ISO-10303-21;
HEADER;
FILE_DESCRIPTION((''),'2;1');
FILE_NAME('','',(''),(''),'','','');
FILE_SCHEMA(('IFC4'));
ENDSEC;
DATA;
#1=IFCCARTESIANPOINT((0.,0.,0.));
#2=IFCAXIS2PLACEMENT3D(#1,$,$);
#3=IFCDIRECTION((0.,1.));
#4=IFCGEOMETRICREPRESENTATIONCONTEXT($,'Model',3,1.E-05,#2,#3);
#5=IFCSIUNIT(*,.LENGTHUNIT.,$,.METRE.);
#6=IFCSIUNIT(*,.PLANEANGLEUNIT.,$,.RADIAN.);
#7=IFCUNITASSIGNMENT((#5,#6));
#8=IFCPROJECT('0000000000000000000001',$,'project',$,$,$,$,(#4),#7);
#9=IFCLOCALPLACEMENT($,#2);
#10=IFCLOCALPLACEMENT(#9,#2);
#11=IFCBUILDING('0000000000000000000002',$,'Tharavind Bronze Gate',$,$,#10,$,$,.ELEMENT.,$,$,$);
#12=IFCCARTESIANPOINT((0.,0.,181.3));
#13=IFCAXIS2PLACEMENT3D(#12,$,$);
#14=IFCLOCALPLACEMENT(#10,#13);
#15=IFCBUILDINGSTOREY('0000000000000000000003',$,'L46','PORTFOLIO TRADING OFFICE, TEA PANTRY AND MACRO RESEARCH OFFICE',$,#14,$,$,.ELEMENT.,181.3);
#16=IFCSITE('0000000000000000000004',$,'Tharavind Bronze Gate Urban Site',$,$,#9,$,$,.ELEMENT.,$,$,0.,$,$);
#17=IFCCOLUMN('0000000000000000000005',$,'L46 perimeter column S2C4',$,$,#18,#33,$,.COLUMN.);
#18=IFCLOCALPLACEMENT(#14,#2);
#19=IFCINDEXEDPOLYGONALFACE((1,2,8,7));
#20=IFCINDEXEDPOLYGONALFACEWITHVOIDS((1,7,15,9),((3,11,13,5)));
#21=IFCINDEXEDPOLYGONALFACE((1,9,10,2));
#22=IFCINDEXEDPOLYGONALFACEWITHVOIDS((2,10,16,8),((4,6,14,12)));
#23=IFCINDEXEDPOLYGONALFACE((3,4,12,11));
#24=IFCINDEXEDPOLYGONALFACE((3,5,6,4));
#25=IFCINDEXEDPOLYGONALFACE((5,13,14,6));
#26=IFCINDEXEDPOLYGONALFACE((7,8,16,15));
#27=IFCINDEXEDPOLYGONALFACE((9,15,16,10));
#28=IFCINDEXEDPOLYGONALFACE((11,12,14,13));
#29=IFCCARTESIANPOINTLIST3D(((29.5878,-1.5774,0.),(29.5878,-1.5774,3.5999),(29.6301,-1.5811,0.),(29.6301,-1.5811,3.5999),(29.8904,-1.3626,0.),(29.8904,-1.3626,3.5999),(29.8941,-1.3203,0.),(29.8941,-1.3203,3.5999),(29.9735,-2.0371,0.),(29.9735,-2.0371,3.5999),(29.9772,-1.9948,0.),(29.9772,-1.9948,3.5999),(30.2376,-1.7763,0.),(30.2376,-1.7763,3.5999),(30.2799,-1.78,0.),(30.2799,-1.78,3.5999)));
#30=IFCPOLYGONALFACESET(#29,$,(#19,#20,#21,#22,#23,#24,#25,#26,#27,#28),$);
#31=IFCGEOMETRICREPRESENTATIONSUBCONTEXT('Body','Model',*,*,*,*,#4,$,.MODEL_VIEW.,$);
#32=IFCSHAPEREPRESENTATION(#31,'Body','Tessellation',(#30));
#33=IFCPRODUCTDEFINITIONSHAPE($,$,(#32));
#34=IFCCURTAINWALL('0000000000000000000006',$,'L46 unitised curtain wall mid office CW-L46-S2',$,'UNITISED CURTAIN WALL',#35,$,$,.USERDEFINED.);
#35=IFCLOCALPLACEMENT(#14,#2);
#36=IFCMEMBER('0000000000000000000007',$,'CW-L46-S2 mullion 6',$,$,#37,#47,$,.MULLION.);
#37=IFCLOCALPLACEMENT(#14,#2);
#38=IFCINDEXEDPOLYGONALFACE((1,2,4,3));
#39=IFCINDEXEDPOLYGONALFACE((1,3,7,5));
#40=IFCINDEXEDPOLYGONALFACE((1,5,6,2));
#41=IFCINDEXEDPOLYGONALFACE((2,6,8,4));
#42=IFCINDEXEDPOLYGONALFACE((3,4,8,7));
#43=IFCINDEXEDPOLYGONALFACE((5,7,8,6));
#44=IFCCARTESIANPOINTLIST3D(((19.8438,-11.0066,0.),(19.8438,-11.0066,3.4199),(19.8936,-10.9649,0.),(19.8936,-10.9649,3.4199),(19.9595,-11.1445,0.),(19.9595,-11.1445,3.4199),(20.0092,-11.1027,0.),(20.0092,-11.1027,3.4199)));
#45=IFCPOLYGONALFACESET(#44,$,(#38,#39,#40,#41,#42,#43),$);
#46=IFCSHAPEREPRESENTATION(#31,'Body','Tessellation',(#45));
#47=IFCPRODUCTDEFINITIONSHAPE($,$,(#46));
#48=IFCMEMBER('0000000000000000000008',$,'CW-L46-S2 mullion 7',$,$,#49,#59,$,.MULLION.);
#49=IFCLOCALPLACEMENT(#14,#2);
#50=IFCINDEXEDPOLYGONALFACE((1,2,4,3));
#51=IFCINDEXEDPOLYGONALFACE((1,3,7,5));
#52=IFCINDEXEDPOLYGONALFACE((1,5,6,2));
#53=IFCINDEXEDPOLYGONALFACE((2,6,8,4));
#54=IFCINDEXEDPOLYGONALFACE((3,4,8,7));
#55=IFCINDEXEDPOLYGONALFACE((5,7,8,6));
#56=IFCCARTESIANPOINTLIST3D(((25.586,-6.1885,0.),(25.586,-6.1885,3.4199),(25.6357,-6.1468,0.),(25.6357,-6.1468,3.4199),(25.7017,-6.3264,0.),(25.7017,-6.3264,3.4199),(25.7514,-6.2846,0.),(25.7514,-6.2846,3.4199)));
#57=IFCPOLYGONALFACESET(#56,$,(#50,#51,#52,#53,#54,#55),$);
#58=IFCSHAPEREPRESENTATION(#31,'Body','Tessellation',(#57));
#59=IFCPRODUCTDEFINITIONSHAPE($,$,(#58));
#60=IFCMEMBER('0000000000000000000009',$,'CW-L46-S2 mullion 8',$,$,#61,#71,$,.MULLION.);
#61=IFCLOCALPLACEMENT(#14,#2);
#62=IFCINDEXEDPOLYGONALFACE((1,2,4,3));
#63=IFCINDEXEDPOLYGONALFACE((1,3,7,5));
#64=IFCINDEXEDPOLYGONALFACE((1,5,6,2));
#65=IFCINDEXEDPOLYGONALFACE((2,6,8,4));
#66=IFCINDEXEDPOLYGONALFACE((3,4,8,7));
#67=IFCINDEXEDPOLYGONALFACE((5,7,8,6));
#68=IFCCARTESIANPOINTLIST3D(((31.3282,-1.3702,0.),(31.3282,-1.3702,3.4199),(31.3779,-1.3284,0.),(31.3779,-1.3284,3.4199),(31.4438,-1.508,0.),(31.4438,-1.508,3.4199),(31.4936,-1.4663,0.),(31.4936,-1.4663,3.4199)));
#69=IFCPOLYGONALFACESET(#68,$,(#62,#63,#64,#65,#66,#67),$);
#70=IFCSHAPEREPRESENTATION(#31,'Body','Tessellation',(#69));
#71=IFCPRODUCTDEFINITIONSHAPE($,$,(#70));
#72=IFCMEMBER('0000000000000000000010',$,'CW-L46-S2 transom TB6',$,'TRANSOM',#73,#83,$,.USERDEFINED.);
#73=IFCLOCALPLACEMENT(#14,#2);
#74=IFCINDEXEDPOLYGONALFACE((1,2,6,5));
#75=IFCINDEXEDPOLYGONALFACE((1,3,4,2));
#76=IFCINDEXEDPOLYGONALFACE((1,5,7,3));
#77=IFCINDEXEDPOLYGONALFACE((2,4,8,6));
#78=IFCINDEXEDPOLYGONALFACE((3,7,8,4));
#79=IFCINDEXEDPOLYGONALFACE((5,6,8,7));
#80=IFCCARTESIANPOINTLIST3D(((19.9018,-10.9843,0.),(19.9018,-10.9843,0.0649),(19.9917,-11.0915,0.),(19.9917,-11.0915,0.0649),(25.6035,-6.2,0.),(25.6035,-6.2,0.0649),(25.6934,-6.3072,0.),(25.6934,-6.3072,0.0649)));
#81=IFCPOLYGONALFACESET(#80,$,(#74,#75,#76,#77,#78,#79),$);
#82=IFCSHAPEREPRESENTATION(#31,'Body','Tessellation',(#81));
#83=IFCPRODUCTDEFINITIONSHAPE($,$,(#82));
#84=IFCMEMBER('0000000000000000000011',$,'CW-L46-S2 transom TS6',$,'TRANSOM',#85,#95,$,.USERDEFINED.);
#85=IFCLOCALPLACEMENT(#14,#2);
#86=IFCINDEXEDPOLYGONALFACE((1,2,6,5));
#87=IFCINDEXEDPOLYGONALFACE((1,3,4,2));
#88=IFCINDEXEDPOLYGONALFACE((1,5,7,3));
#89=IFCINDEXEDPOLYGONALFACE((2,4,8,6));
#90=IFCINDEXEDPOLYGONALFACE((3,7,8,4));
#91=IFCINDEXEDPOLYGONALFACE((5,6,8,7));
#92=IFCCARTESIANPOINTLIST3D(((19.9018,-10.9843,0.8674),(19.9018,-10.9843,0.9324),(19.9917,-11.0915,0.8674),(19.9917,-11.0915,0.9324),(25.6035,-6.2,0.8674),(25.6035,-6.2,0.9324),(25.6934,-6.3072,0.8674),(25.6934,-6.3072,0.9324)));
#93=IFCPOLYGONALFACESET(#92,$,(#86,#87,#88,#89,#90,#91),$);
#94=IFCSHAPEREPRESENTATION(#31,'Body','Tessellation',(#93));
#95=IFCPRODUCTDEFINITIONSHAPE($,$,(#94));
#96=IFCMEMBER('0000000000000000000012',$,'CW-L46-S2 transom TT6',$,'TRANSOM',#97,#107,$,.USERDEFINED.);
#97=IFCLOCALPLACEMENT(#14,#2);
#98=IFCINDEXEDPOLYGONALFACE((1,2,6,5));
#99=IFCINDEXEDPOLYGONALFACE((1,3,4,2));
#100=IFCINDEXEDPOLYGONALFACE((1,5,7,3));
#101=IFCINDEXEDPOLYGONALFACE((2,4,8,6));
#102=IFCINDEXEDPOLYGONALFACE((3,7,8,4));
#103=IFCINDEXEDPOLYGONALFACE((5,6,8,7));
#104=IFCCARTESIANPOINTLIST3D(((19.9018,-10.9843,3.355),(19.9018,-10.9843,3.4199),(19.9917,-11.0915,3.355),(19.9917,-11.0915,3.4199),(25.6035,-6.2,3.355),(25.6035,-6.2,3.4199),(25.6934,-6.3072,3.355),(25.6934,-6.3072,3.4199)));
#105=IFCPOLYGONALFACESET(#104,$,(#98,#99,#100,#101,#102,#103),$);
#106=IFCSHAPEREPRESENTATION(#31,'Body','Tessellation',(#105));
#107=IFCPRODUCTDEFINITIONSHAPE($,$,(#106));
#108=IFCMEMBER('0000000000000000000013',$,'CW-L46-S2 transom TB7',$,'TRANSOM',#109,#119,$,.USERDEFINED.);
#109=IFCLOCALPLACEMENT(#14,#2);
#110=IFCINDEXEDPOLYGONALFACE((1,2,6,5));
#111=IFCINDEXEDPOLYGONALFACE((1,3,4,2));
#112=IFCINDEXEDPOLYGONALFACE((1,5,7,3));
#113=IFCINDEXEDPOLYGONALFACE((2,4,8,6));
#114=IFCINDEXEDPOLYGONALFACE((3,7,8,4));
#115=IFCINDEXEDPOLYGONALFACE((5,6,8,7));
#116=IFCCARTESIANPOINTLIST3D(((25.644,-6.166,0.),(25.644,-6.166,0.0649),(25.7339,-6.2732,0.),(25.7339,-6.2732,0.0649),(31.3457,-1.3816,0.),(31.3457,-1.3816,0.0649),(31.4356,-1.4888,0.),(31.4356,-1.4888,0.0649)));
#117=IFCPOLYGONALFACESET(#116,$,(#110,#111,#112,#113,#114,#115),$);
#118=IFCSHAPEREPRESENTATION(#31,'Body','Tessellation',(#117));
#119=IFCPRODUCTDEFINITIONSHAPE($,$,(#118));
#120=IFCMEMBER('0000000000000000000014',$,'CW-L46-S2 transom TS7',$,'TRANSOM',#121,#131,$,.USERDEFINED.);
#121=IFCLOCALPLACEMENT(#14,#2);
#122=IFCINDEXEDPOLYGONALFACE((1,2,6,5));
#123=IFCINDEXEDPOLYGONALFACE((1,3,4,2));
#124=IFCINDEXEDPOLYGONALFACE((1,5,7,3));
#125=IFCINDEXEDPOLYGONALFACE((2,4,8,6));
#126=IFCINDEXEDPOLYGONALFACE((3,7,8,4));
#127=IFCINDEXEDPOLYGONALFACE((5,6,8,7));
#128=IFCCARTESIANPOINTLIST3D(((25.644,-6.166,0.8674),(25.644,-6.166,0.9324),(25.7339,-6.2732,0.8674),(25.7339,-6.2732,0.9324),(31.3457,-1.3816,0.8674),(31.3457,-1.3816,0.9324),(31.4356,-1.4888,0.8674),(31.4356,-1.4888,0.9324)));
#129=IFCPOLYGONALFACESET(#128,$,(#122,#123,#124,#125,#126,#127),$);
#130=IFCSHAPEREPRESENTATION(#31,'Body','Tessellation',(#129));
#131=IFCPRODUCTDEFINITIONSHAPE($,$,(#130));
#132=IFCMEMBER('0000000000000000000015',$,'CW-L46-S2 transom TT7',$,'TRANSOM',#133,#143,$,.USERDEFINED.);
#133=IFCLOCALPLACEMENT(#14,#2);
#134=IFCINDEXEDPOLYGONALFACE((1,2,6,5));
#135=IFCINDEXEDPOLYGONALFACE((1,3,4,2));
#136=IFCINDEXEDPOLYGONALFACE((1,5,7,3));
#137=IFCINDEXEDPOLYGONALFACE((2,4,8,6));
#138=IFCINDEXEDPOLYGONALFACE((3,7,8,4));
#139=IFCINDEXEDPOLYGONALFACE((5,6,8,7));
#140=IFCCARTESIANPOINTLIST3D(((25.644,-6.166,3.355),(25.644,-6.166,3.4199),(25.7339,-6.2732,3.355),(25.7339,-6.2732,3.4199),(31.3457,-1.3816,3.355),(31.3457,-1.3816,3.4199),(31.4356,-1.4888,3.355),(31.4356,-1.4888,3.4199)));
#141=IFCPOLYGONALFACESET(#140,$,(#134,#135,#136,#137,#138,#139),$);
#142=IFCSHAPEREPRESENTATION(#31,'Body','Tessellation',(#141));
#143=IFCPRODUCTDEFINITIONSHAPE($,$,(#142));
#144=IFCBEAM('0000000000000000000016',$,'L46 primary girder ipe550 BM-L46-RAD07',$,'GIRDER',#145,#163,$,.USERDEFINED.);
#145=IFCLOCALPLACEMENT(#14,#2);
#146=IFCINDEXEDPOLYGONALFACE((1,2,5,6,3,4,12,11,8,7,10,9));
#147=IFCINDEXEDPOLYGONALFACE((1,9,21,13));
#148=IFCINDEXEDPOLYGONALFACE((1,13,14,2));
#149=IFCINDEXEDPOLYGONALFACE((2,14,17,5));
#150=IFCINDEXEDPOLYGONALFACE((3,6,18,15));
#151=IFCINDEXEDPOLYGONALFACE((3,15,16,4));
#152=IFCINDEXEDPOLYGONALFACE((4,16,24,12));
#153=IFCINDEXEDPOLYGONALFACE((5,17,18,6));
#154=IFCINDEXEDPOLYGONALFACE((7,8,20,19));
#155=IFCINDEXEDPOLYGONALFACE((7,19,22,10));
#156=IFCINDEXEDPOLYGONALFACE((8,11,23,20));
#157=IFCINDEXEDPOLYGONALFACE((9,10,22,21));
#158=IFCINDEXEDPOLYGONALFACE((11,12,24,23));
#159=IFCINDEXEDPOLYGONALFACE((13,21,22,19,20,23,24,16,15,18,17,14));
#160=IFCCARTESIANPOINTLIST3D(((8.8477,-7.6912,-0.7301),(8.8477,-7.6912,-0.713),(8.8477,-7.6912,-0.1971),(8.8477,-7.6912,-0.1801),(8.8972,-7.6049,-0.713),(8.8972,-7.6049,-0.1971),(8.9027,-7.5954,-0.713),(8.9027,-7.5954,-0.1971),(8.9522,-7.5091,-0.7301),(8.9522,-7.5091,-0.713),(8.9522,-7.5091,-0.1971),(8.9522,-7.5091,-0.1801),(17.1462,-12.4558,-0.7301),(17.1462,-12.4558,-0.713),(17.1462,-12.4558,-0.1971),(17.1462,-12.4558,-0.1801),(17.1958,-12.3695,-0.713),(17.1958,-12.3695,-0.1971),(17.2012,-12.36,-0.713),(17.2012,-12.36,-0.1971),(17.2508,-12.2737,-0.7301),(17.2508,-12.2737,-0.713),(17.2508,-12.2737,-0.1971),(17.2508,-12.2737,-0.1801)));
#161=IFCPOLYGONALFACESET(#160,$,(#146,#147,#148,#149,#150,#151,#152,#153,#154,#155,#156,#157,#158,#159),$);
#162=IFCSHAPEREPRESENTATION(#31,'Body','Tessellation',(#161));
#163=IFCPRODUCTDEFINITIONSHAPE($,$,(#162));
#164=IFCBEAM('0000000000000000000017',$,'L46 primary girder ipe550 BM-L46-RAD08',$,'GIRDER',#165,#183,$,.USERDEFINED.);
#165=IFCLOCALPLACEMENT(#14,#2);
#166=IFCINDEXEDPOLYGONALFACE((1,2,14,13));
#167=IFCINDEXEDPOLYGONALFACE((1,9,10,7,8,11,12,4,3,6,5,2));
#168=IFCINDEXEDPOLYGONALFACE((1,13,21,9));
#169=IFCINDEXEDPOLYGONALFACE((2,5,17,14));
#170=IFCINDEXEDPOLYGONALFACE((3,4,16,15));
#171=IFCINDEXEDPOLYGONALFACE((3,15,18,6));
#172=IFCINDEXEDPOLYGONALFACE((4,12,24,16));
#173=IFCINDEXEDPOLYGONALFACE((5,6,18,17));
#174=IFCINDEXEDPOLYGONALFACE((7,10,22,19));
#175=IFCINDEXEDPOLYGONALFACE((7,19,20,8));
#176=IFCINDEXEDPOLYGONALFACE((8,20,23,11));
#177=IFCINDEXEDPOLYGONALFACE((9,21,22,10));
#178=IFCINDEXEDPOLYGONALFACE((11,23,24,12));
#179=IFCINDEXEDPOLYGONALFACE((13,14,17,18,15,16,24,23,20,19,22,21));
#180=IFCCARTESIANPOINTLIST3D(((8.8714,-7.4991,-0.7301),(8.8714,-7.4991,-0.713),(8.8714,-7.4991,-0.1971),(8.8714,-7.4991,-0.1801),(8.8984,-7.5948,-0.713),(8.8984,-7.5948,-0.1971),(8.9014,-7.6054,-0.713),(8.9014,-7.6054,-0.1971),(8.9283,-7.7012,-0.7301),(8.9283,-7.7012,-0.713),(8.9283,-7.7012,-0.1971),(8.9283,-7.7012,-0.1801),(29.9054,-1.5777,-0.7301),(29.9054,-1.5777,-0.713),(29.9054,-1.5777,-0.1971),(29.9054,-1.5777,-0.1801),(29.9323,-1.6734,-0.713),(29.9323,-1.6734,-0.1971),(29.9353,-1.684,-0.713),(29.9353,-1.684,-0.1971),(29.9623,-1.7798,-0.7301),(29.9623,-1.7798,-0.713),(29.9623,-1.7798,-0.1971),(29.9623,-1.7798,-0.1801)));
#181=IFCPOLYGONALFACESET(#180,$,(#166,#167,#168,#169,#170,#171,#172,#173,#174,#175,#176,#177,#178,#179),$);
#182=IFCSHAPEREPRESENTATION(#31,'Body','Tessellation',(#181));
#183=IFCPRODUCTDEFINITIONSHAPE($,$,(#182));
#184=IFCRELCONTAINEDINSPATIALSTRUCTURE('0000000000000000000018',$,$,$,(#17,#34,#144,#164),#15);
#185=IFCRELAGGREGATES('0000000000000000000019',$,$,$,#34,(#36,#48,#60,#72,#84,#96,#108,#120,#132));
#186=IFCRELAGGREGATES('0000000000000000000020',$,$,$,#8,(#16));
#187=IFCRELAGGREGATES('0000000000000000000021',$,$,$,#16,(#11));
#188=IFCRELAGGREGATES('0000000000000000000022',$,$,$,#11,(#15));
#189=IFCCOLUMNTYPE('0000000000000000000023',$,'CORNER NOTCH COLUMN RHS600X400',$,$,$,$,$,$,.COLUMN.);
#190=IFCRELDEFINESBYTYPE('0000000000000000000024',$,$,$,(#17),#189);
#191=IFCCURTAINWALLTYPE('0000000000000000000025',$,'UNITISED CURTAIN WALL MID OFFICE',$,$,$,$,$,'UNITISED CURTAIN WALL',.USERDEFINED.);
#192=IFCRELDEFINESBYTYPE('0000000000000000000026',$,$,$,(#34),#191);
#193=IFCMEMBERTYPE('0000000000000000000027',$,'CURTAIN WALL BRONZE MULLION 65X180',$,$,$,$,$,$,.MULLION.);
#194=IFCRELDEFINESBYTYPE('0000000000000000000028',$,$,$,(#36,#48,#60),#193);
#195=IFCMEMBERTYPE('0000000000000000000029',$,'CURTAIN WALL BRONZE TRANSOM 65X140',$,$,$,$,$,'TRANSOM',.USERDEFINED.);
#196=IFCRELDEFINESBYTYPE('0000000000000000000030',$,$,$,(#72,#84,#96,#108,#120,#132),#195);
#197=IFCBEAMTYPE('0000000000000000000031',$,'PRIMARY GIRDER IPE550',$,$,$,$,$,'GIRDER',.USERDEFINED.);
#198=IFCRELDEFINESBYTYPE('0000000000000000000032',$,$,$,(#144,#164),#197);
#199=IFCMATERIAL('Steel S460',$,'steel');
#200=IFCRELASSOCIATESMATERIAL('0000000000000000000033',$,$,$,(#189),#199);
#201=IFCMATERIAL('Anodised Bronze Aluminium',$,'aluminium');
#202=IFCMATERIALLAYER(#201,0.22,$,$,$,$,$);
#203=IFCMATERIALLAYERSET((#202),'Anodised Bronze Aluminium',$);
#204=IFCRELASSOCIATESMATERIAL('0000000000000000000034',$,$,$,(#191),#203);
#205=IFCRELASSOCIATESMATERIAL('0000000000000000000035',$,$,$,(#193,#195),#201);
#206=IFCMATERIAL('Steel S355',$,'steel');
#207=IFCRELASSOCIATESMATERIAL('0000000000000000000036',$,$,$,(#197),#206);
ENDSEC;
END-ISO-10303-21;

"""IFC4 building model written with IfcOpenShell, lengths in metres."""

from ifc_helpers import new_model, si_unit, direction, frame, origin, origin_2d, place, context, subcontext, project, spatial, rectangle, hollow_rectangle, i_section, extrude, material, layer, layer_set, material_profile, profile_set, type_object, element, aggregate, save


model = new_model("IFC4")

# Units and contexts
model_context = context("Model", 3, precision=1e-05, world=origin(), true_north=direction((0.0, 1.0)))
body_context = subcontext(model_context, "Body", "Model", "MODEL_VIEW")
ifc_project = project(units=[si_unit("LENGTHUNIT", "METRE"), si_unit("PLANEANGLEUNIT", "RADIAN")], contexts=[model_context])

# Site, building, storey
site_placement = place(None, origin())
site = spatial("IfcSite", under=ifc_project, at=site_placement, Name="Tharavind Bronze Gate Urban Site", CompositionType="ELEMENT", RefElevation=0.0)
building_placement = place(site_placement, origin())
building = spatial("IfcBuilding", under=site, at=building_placement, Name="Tharavind Bronze Gate", CompositionType="ELEMENT")
storey_placement = place(building_placement, frame((0.0, 0.0, 181.3)))
storey = spatial("IfcBuildingStorey", under=building, at=storey_placement, Name="L46", Description="PORTFOLIO TRADING OFFICE, TEA PANTRY AND MACRO RESEARCH OFFICE", CompositionType="ELEMENT", Elevation=181.3)

# Column
ifc_material_1 = material(Name="Steel S460", Category="steel")
ifc_material_profile_1 = material_profile(ifc_material_1, hollow_rectangle(XDim=0.3999, YDim=0.6001, WallThickness=0.03, at=origin_2d()), Name="RHS600X400X30")
ifc_profile_set_1 = profile_set([ifc_material_profile_1], Name="Steel S460")
column_type = type_object("IfcColumnType", Name="CORNER NOTCH COLUMN RHS600X400", PredefinedType="COLUMN", material=ifc_profile_set_1)
column_placement = place(storey_placement, frame((29.9338, -1.6787, 0.0), z_axis=(0.0, 0.0, 1.0), x_axis=(0.766043, 0.642789, 0.0)))
element("IfcColumn", 1, at=column_placement, inside=storey, type_object=column_type, Name="L46 perimeter column S2C4", PredefinedType="COLUMN", context=body_context, shape_type="SweptSolid", body=[
    extrude(hollow_rectangle(XDim=0.3999, YDim=0.6001, WallThickness=0.03, at=origin_2d()), origin(), (0.0, 0.0, 1.0), 3.5999),
])

# Curtain wall, members
ifc_material_2 = material(Name="Anodised Bronze Aluminium", Category="aluminium")
ifc_layer_1 = layer(ifc_material_2, 0.22)
ifc_layer_set_1 = layer_set([ifc_layer_1], Name="Anodised Bronze Aluminium")
curtain_wall_type = type_object("IfcCurtainWallType", Name="UNITISED CURTAIN WALL MID OFFICE", ElementType="UNITISED CURTAIN WALL", PredefinedType="USERDEFINED", material=ifc_layer_set_1)
curtain_wall_placement = place(storey_placement, origin())
curtain_wall = element("IfcCurtainWall", 2, at=curtain_wall_placement, inside=storey, type_object=curtain_wall_type, Name="L46 unitised curtain wall mid office CW-L46-S2", ObjectType="UNITISED CURTAIN WALL", PredefinedType="USERDEFINED")
member_type_1 = type_object("IfcMemberType", Name="CURTAIN WALL BRONZE MULLION 65X180", PredefinedType="MULLION", material=ifc_material_2)
member_1_placement = place(storey_placement, frame((19.9265, -11.0547, 0.0), z_axis=(0.0, 0.0, 1.0), x_axis=(0.766043, 0.642789, 0.0)))
member_1 = element("IfcMember", 3, at=member_1_placement, type_object=member_type_1, Name="CW-L46-S2 mullion 6", PredefinedType="MULLION", context=body_context, shape_type="SweptSolid", body=[
    extrude(rectangle(XDim=0.0649, YDim=0.1799, at=origin_2d()), origin(), (0.0, 0.0, 1.0), 3.4199),
])
member_2_placement = place(storey_placement, frame((25.6687, -6.2366, 0.0), z_axis=(0.0, 0.0, 1.0), x_axis=(0.766043, 0.642789, 0.0)))
member_2 = element("IfcMember", 4, at=member_2_placement, type_object=member_type_1, Name="CW-L46-S2 mullion 7", PredefinedType="MULLION", context=body_context, shape_type="SweptSolid", body=[
    extrude(rectangle(XDim=0.0649, YDim=0.1799, at=origin_2d()), origin(), (0.0, 0.0, 1.0), 3.4199),
])
member_3_placement = place(storey_placement, frame((31.4109, -1.4182, 0.0), z_axis=(0.0, 0.0, 1.0), x_axis=(0.766043, 0.642789, 0.0)))
member_3 = element("IfcMember", 5, at=member_3_placement, type_object=member_type_1, Name="CW-L46-S2 mullion 8", PredefinedType="MULLION", context=body_context, shape_type="SweptSolid", body=[
    extrude(rectangle(XDim=0.0649, YDim=0.1799, at=origin_2d()), origin(), (0.0, 0.0, 1.0), 3.4199),
])
member_type_2 = type_object("IfcMemberType", Name="CURTAIN WALL BRONZE TRANSOM 65X140", ElementType="TRANSOM", PredefinedType="USERDEFINED", material=ifc_material_2)
member_4_placement = place(storey_placement, frame((22.7976, -8.6458, 0.0), z_axis=(0.0, 0.0, 1.0), x_axis=(0.766043, 0.642789, 0.0)))
member_4 = element("IfcMember", 6, at=member_4_placement, type_object=member_type_2, Name="CW-L46-S2 transom TB6", ObjectType="TRANSOM", PredefinedType="USERDEFINED", context=body_context, shape_type="SweptSolid", body=[
    extrude(rectangle(XDim=7.4431, YDim=0.1399, at=origin_2d()), origin(), (0.0, 0.0, 1.0), 0.0649),
])
member_5_placement = place(storey_placement, frame((22.7976, -8.6458, 0.8674), z_axis=(0.0, 0.0, 1.0), x_axis=(0.766043, 0.642789, 0.0)))
member_5 = element("IfcMember", 7, at=member_5_placement, type_object=member_type_2, Name="CW-L46-S2 transom TS6", ObjectType="TRANSOM", PredefinedType="USERDEFINED", context=body_context, shape_type="SweptSolid", body=[
    extrude(rectangle(XDim=7.4431, YDim=0.1399, at=origin_2d()), origin(), (0.0, 0.0, 1.0), 0.0649),
])
member_6_placement = place(storey_placement, frame((22.7976, -8.6458, 3.355), z_axis=(0.0, 0.0, 1.0), x_axis=(0.766043, 0.642789, 0.0)))
member_6 = element("IfcMember", 8, at=member_6_placement, type_object=member_type_2, Name="CW-L46-S2 transom TT6", ObjectType="TRANSOM", PredefinedType="USERDEFINED", context=body_context, shape_type="SweptSolid", body=[
    extrude(rectangle(XDim=7.4431, YDim=0.1399, at=origin_2d()), origin(), (0.0, 0.0, 1.0), 0.0649),
])
member_7_placement = place(storey_placement, frame((28.5398, -3.8274, 0.0), z_axis=(0.0, 0.0, 1.0), x_axis=(0.766043, 0.642789, 0.0)))
member_7 = element("IfcMember", 9, at=member_7_placement, type_object=member_type_2, Name="CW-L46-S2 transom TB7", ObjectType="TRANSOM", PredefinedType="USERDEFINED", context=body_context, shape_type="SweptSolid", body=[
    extrude(rectangle(XDim=7.4431, YDim=0.1399, at=origin_2d()), origin(), (0.0, 0.0, 1.0), 0.0649),
])
member_8_placement = place(storey_placement, frame((28.5398, -3.8274, 0.8674), z_axis=(0.0, 0.0, 1.0), x_axis=(0.766043, 0.642789, 0.0)))
member_8 = element("IfcMember", 10, at=member_8_placement, type_object=member_type_2, Name="CW-L46-S2 transom TS7", ObjectType="TRANSOM", PredefinedType="USERDEFINED", context=body_context, shape_type="SweptSolid", body=[
    extrude(rectangle(XDim=7.4431, YDim=0.1399, at=origin_2d()), origin(), (0.0, 0.0, 1.0), 0.0649),
])
member_9_placement = place(storey_placement, frame((28.5398, -3.8274, 3.355), z_axis=(0.0, 0.0, 1.0), x_axis=(0.766043, 0.642789, 0.0)))
member_9 = element("IfcMember", 11, at=member_9_placement, type_object=member_type_2, Name="CW-L46-S2 transom TT7", ObjectType="TRANSOM", PredefinedType="USERDEFINED", context=body_context, shape_type="SweptSolid", body=[
    extrude(rectangle(XDim=7.4431, YDim=0.1399, at=origin_2d()), origin(), (0.0, 0.0, 1.0), 0.0649),
])

# Beams
ifc_material_3 = material(Name="Steel S355", Category="steel")
ifc_material_profile_2 = material_profile(ifc_material_3, i_section(OverallWidth=0.21, OverallDepth=0.55, WebThickness=0.011, FlangeThickness=0.0171, at=origin_2d()), Name="IPE550")
ifc_profile_set_2 = profile_set([ifc_material_profile_2], Name="Steel S355")
beam_type_1 = type_object("IfcBeamType", Name="PRIMARY GIRDER IPE550", ElementType="GIRDER", PredefinedType="USERDEFINED", material=ifc_profile_set_2)
beam_1_placement = place(storey_placement, frame((17.1985, -12.3647, -0.4551), z_axis=(-0.867224, 0.497918, 0.0), x_axis=(-0.497918, -0.867224, 0.0)))
element("IfcBeam", 12, at=beam_1_placement, inside=storey, type_object=beam_type_1, Name="L46 primary girder ipe550 BM-L46-RAD07", ObjectType="GIRDER", PredefinedType="USERDEFINED", context=body_context, shape_type="SweptSolid", body=[
    extrude(i_section(OverallWidth=0.21, OverallDepth=0.55, WebThickness=0.011, FlangeThickness=0.0171, at=origin_2d()), origin(), (0.0, 0.0, 1.0), 9.5691),
])
beam_2_placement = place(storey_placement, frame((29.9338, -1.6787, -0.4551), z_axis=(-0.962584, -0.270983, 0.0), x_axis=(0.270983, -0.962584, 0.0)))
element("IfcBeam", 13, at=beam_2_placement, inside=storey, type_object=beam_type_1, Name="L46 primary girder ipe550 BM-L46-RAD08", ObjectType="GIRDER", PredefinedType="USERDEFINED", context=body_context, shape_type="SweptSolid", body=[
    extrude(i_section(OverallWidth=0.21, OverallDepth=0.55, WebThickness=0.011, FlangeThickness=0.0171, at=origin_2d()), origin(), (0.0, 0.0, 1.0), 21.8516),
])

aggregate(curtain_wall, [member_1, member_2, member_3, member_4, member_5, member_6, member_7, member_8, member_9])

save(model, "model.ifc")
